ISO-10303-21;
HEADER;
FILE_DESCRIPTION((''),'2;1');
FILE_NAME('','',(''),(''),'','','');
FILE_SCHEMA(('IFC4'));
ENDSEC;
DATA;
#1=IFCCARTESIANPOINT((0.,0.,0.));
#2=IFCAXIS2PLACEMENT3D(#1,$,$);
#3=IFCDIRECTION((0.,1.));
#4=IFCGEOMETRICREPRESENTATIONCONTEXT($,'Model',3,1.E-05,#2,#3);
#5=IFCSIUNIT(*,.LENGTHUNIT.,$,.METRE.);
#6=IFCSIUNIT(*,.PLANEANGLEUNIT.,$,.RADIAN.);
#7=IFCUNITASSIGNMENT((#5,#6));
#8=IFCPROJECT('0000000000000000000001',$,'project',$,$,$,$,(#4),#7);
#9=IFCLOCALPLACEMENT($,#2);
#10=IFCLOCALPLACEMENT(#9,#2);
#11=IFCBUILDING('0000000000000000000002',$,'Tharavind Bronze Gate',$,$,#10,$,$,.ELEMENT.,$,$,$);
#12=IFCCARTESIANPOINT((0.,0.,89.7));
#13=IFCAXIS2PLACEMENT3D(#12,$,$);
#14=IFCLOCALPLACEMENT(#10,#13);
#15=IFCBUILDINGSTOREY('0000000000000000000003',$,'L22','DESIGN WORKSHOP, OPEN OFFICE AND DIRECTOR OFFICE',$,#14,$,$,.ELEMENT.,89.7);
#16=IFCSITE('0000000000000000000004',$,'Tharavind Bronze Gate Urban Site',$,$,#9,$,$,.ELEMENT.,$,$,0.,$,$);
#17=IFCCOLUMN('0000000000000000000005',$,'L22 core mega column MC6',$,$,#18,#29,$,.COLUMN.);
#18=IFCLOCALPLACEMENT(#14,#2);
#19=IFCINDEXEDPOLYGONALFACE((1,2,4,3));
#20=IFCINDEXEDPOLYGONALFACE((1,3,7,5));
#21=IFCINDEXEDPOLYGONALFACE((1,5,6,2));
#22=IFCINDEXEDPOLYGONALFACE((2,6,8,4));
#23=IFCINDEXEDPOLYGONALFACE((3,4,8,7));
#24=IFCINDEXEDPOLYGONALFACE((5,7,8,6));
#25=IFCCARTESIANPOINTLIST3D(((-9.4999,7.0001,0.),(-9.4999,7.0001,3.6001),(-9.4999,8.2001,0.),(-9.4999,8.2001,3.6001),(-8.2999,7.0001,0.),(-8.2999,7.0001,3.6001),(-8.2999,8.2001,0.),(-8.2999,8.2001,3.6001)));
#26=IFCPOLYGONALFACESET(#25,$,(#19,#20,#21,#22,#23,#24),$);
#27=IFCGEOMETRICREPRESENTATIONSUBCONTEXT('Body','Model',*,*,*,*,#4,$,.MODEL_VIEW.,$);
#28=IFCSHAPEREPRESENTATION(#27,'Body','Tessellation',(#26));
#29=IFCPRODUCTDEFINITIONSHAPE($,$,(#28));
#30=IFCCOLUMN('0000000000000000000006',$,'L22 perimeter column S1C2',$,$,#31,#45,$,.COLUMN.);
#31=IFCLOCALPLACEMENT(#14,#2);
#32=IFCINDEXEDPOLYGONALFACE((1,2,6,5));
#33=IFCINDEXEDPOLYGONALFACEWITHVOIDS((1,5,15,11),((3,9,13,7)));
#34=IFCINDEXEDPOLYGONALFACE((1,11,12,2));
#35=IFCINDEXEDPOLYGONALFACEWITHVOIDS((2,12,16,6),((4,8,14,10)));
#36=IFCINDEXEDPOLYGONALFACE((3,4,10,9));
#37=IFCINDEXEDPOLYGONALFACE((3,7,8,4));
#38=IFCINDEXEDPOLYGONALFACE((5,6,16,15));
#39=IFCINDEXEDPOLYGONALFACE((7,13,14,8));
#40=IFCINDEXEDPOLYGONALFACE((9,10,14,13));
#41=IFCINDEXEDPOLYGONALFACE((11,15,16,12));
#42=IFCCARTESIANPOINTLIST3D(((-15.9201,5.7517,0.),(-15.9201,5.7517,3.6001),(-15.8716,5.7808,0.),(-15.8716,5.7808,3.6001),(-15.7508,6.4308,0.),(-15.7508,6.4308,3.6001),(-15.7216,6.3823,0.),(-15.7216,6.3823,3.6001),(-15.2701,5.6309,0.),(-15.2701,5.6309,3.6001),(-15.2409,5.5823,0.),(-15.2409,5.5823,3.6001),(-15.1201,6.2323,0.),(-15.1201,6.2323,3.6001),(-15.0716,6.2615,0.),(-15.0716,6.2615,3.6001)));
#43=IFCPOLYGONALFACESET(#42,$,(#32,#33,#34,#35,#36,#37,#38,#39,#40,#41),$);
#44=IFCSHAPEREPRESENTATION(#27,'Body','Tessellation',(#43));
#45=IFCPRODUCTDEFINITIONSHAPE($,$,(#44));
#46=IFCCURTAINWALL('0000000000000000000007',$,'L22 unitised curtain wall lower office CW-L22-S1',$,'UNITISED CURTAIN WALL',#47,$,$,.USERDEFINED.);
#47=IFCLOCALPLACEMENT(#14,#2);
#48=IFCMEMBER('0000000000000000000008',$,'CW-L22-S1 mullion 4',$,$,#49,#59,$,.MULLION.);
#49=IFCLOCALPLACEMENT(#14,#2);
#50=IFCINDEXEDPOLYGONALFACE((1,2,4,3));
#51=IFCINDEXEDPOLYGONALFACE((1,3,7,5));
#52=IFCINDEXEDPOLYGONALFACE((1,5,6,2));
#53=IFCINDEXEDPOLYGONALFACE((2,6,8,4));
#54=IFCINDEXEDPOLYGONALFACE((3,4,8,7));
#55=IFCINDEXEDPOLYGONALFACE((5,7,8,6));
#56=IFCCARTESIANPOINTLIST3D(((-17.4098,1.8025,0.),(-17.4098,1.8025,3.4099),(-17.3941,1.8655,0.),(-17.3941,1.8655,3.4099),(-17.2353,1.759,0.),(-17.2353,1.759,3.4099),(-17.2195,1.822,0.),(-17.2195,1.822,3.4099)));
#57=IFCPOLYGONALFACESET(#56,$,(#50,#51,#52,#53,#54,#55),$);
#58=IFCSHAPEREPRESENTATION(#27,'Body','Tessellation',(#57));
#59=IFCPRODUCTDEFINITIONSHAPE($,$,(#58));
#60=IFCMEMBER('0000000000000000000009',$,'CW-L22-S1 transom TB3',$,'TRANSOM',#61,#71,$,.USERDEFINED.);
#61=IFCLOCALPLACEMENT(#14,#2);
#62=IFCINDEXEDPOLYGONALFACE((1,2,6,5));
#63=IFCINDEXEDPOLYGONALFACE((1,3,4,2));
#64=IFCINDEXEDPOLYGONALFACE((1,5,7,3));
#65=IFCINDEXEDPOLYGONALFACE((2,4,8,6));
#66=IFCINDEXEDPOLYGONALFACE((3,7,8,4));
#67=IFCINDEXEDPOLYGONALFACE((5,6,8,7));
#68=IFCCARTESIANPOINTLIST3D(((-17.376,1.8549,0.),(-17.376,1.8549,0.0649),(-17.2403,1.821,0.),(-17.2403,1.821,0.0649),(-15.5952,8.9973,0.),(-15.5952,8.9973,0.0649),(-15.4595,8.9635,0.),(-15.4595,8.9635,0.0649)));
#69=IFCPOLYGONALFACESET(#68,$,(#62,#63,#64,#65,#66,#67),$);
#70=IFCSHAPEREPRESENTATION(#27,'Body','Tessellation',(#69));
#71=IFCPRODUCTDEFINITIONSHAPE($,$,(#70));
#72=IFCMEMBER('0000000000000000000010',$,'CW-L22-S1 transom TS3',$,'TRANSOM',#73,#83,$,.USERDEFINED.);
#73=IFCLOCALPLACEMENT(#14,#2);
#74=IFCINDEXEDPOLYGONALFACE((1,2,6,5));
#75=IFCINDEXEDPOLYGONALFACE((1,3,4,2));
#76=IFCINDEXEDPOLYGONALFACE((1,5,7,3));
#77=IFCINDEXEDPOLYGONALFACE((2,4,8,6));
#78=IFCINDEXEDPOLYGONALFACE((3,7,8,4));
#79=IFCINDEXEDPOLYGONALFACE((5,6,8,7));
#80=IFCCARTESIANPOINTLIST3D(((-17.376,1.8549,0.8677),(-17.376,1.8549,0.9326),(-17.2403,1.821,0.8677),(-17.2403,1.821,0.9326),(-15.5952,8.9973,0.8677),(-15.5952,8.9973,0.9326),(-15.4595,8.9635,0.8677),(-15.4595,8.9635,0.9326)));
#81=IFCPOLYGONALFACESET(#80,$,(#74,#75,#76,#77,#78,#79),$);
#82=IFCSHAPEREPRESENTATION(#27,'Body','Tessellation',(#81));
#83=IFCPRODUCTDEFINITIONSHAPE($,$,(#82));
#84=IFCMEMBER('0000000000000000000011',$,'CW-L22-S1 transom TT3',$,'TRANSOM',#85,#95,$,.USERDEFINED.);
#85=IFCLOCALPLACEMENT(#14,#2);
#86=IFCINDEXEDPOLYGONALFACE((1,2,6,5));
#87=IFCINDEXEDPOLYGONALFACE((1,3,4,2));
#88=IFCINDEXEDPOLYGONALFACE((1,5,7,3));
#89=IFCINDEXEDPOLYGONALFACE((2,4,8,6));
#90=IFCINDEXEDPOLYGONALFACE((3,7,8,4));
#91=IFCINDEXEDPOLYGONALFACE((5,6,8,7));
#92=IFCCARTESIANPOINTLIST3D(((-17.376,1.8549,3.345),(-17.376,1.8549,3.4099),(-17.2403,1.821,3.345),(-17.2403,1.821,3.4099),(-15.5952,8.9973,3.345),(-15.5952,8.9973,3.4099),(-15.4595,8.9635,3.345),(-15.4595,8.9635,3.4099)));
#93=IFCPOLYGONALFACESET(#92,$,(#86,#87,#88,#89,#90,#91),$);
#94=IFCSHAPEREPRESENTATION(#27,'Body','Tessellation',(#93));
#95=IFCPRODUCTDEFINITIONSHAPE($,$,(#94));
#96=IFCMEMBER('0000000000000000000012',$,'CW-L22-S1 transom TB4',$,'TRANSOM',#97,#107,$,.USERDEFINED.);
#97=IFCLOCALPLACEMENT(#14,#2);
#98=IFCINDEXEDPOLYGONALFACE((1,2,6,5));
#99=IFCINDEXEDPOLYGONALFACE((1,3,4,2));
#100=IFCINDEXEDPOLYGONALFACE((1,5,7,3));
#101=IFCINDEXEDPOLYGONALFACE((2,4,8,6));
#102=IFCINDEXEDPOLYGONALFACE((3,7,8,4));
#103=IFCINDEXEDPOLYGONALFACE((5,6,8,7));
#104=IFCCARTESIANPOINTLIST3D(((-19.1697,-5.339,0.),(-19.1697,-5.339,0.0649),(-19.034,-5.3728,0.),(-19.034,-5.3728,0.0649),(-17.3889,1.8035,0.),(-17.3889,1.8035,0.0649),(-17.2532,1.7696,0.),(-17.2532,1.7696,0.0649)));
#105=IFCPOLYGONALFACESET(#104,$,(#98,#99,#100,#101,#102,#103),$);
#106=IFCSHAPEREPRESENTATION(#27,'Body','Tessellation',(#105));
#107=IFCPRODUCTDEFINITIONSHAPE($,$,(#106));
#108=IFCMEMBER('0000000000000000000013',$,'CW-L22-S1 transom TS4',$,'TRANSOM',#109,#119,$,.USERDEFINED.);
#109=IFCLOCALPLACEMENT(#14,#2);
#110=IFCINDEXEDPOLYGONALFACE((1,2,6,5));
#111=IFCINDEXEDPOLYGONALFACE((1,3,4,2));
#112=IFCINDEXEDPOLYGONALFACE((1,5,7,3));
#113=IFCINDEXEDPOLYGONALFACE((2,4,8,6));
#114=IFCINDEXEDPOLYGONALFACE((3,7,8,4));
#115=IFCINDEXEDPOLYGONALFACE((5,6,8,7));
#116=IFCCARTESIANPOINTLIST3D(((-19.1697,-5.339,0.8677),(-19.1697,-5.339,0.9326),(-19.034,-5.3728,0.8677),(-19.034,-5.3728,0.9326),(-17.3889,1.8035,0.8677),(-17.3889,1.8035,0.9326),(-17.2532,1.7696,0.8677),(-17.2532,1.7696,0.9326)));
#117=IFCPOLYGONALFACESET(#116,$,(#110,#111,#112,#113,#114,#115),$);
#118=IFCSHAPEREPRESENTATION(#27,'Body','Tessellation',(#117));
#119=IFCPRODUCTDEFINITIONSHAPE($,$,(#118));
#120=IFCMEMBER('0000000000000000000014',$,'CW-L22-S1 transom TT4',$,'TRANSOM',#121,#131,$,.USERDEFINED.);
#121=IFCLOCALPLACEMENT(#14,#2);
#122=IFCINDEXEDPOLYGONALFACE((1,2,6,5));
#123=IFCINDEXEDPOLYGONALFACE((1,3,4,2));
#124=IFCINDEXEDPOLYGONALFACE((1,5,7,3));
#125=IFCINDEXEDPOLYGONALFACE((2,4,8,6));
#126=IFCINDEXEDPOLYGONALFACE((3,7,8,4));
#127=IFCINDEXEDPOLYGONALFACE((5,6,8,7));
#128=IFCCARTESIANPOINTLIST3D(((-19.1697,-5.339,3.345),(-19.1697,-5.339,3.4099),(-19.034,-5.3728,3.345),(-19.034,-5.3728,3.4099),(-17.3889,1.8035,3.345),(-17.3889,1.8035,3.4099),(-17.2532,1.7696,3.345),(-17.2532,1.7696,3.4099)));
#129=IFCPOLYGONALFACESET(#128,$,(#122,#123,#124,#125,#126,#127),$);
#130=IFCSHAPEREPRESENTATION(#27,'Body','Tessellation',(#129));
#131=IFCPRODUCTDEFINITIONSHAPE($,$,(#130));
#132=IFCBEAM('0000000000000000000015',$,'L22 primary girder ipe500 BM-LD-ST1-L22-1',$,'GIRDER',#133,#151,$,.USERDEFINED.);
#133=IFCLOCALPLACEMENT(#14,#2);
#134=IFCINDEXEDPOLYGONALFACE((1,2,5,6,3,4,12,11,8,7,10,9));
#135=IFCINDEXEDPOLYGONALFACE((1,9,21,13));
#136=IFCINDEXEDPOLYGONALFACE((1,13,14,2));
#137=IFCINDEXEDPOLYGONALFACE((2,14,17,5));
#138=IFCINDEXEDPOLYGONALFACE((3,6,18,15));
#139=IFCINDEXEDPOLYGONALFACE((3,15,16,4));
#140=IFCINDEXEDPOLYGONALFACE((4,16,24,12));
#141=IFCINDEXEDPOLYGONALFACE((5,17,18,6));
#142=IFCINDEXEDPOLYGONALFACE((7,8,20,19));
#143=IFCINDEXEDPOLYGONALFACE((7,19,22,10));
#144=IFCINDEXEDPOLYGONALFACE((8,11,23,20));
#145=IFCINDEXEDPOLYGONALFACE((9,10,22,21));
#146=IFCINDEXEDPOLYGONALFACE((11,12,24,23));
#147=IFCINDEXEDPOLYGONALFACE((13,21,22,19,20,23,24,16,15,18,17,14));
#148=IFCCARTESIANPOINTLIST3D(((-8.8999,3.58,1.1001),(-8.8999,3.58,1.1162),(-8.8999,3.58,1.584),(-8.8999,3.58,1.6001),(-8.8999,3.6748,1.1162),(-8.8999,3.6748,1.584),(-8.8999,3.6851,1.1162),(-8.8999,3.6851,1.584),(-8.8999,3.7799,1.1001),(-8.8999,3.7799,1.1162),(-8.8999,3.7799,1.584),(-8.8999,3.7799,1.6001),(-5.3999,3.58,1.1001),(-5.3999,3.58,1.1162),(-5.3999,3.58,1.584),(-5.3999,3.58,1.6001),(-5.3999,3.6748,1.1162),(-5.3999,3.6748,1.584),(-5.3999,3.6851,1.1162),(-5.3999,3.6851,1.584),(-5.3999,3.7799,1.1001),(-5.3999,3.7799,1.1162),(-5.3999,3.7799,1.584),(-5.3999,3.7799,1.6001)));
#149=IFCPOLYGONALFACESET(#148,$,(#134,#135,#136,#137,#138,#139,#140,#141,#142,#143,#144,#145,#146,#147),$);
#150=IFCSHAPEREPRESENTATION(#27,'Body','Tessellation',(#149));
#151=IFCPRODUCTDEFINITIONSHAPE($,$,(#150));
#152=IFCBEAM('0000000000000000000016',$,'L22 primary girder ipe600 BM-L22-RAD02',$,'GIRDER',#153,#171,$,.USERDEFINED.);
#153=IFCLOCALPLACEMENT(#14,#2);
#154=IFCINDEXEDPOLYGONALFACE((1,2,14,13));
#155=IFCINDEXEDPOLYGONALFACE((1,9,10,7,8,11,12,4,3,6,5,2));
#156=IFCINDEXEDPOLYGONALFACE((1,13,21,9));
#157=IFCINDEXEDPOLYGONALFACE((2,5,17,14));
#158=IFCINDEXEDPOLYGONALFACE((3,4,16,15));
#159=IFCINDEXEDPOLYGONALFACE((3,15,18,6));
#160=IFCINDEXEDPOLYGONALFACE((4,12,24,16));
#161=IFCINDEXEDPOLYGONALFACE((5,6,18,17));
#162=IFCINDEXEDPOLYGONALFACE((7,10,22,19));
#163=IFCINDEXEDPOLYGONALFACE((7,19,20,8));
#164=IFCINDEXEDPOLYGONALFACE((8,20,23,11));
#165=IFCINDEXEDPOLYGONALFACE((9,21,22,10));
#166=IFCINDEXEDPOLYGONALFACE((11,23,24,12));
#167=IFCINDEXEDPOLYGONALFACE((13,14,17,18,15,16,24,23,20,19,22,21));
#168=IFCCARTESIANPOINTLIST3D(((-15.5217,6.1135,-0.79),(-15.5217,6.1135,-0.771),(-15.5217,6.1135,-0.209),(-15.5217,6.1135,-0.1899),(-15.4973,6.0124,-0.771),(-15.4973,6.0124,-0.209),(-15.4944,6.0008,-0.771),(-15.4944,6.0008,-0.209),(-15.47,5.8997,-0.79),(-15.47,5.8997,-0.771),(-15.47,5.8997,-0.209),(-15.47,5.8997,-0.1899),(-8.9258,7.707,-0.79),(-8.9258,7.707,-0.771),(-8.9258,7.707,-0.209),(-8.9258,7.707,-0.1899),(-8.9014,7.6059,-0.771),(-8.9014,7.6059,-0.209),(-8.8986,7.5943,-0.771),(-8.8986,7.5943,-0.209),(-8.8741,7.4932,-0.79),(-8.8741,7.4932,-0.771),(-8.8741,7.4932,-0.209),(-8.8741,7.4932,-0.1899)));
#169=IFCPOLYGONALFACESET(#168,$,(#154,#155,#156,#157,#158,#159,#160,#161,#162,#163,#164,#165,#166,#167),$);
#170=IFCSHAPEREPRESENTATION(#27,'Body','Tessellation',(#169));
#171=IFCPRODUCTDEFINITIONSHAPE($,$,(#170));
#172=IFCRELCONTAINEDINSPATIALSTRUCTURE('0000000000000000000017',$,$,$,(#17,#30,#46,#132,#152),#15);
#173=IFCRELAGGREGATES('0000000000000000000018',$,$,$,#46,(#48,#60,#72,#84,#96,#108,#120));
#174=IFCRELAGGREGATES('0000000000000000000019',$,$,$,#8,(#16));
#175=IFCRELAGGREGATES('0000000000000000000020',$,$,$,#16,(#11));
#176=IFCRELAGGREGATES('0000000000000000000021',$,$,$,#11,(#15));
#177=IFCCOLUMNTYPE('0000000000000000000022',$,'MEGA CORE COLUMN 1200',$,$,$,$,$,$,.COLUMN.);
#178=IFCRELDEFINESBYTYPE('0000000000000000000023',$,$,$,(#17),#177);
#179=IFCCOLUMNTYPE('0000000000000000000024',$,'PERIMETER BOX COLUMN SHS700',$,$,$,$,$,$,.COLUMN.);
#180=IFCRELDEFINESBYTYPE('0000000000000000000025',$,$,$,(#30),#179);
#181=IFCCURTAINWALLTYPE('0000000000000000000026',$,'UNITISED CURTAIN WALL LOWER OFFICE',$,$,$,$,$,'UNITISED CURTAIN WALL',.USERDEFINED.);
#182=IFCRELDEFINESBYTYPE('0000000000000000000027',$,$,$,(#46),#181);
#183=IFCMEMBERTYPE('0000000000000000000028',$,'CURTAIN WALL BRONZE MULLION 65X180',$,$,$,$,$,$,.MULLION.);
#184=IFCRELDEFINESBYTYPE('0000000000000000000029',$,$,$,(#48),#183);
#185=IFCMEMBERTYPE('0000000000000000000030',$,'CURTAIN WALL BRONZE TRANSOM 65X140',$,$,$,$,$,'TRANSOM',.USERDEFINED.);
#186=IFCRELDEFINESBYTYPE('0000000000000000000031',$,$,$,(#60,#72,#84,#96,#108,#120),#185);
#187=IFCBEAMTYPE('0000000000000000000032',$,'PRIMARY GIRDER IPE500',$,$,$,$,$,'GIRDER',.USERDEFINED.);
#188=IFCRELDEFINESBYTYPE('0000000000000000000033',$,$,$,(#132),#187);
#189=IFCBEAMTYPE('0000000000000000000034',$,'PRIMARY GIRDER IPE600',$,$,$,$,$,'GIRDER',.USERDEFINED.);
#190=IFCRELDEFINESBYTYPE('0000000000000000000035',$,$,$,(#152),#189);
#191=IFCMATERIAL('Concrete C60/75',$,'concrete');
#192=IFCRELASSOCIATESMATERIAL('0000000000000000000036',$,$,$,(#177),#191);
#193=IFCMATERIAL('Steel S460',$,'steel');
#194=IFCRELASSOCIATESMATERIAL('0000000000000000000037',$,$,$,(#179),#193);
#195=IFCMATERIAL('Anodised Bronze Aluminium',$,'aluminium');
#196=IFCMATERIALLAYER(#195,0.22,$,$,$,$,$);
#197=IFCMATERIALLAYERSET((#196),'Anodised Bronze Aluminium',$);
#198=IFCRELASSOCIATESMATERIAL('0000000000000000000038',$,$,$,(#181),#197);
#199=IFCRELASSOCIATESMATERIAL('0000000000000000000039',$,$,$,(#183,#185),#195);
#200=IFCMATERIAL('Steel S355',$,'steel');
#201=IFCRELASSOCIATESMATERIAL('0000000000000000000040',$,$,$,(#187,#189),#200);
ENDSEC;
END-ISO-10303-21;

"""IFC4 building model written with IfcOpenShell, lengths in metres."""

from ifc_helpers import new_model, si_unit, direction, frame, origin, origin_2d, place, context, subcontext, project, spatial, rectangle, hollow_rectangle, i_section, extrude, material, layer, layer_set, material_profile, profile_set, type_object, element, aggregate, save


model = new_model("IFC4")

# Units and contexts
model_context = context("Model", 3, precision=1e-05, world=origin(), true_north=direction((0.0, 1.0)))
body_context = subcontext(model_context, "Body", "Model", "MODEL_VIEW")
ifc_project = project(units=[si_unit("LENGTHUNIT", "METRE"), si_unit("PLANEANGLEUNIT", "RADIAN")], contexts=[model_context])

# Site, building, storey
site_placement = place(None, origin())
site = spatial("IfcSite", under=ifc_project, at=site_placement, Name="Tharavind Bronze Gate Urban Site", CompositionType="ELEMENT", RefElevation=0.0)
building_placement = place(site_placement, origin())
building = spatial("IfcBuilding", under=site, at=building_placement, Name="Tharavind Bronze Gate", CompositionType="ELEMENT")
storey_placement = place(building_placement, frame((0.0, 0.0, 89.7)))
storey = spatial("IfcBuildingStorey", under=building, at=storey_placement, Name="L22", Description="DESIGN WORKSHOP, OPEN OFFICE AND DIRECTOR OFFICE", CompositionType="ELEMENT", Elevation=89.7)

# Columns
ifc_material_1 = material(Name="Concrete C60/75", Category="concrete")
ifc_material_profile_1 = material_profile(ifc_material_1, rectangle(XDim=1.2, YDim=1.2, at=origin_2d()), Name="RCCOL1200")
ifc_profile_set_1 = profile_set([ifc_material_profile_1], Name="Concrete C60/75")
column_type_1 = type_object("IfcColumnType", Name="MEGA CORE COLUMN 1200", PredefinedType="COLUMN", material=ifc_profile_set_1)
column_1_placement = place(storey_placement, frame((-8.8999, 7.6001, 0.0), z_axis=(0.0, 0.0, 1.0), x_axis=(1.0, 0.0, 0.0)))
element("IfcColumn", 1, at=column_1_placement, inside=storey, type_object=column_type_1, Name="L22 core mega column MC6", PredefinedType="COLUMN", context=body_context, shape_type="SweptSolid", body=[
    extrude(rectangle(XDim=1.2, YDim=1.2, at=origin_2d()), origin(), (0.0, 0.0, 1.0), 3.6001),
])
ifc_material_2 = material(Name="Steel S460", Category="steel")
ifc_material_profile_2 = material_profile(ifc_material_2, hollow_rectangle(XDim=0.7, YDim=0.7, WallThickness=0.04, at=origin_2d()), Name="SHS700X40")
ifc_profile_set_2 = profile_set([ifc_material_profile_2], Name="Steel S460")
column_type_2 = type_object("IfcColumnType", Name="PERIMETER BOX COLUMN SHS700", PredefinedType="COLUMN", material=ifc_profile_set_2)
column_2_placement = place(storey_placement, frame((-15.4958, 6.0066, 0.0), z_axis=(0.0, 0.0, 1.0), x_axis=(0.241922, 0.970296, 0.0)))
element("IfcColumn", 2, at=column_2_placement, inside=storey, type_object=column_type_2, Name="L22 perimeter column S1C2", PredefinedType="COLUMN", context=body_context, shape_type="SweptSolid", body=[
    extrude(hollow_rectangle(XDim=0.7, YDim=0.7, WallThickness=0.04, at=origin_2d()), origin(), (0.0, 0.0, 1.0), 3.6001),
])

# Curtain wall, members
ifc_material_3 = material(Name="Anodised Bronze Aluminium", Category="aluminium")
ifc_layer_1 = layer(ifc_material_3, 0.22)
ifc_layer_set_1 = layer_set([ifc_layer_1], Name="Anodised Bronze Aluminium")
curtain_wall_type = type_object("IfcCurtainWallType", Name="UNITISED CURTAIN WALL LOWER OFFICE", ElementType="UNITISED CURTAIN WALL", PredefinedType="USERDEFINED", material=ifc_layer_set_1)
curtain_wall_placement = place(storey_placement, origin())
curtain_wall = element("IfcCurtainWall", 3, at=curtain_wall_placement, inside=storey, type_object=curtain_wall_type, Name="L22 unitised curtain wall lower office CW-L22-S1", ObjectType="UNITISED CURTAIN WALL", PredefinedType="USERDEFINED")
member_type_1 = type_object("IfcMemberType", Name="CURTAIN WALL BRONZE MULLION 65X180", PredefinedType="MULLION", material=ifc_material_3)
member_1_placement = place(storey_placement, frame((-17.3147, 1.8123, 0.0), z_axis=(0.0, 0.0, 1.0), x_axis=(-0.241922, -0.970296, 0.0)))
member_1 = element("IfcMember", 4, at=member_1_placement, type_object=member_type_1, Name="CW-L22-S1 mullion 4", PredefinedType="MULLION", context=body_context, shape_type="SweptSolid", body=[
    extrude(rectangle(XDim=0.0649, YDim=0.1799, at=origin_2d()), origin(), (0.0, 0.0, 1.0), 3.4099),
])
member_type_2 = type_object("IfcMemberType", Name="CURTAIN WALL BRONZE TRANSOM 65X140", ElementType="TRANSOM", PredefinedType="USERDEFINED", material=ifc_material_3)
member_2_placement = place(storey_placement, frame((-16.4177, 5.4092, 0.0), z_axis=(0.0, 0.0, 1.0), x_axis=(-0.241922, -0.970296, 0.0)))
member_2 = element("IfcMember", 5, at=member_2_placement, type_object=member_type_2, Name="CW-L22-S1 transom TB3", ObjectType="TRANSOM", PredefinedType="USERDEFINED", context=body_context, shape_type="SweptSolid", body=[
    extrude(rectangle(XDim=7.3611, YDim=0.1399, at=origin_2d()), origin(), (0.0, 0.0, 1.0), 0.0649),
])
member_3_placement = place(storey_placement, frame((-16.4177, 5.4092, 0.8677), z_axis=(0.0, 0.0, 1.0), x_axis=(-0.241922, -0.970296, 0.0)))
member_3 = element("IfcMember", 6, at=member_3_placement, type_object=member_type_2, Name="CW-L22-S1 transom TS3", ObjectType="TRANSOM", PredefinedType="USERDEFINED", context=body_context, shape_type="SweptSolid", body=[
    extrude(rectangle(XDim=7.3611, YDim=0.1399, at=origin_2d()), origin(), (0.0, 0.0, 1.0), 0.0649),
])
member_4_placement = place(storey_placement, frame((-16.4177, 5.4092, 3.345), z_axis=(0.0, 0.0, 1.0), x_axis=(-0.241922, -0.970296, 0.0)))
member_4 = element("IfcMember", 7, at=member_4_placement, type_object=member_type_2, Name="CW-L22-S1 transom TT3", ObjectType="TRANSOM", PredefinedType="USERDEFINED", context=body_context, shape_type="SweptSolid", body=[
    extrude(rectangle(XDim=7.3611, YDim=0.1399, at=origin_2d()), origin(), (0.0, 0.0, 1.0), 0.0649),
])
member_5_placement = place(storey_placement, frame((-18.2114, -1.7847, 0.0), z_axis=(0.0, 0.0, 1.0), x_axis=(-0.241922, -0.970296, 0.0)))
member_5 = element("IfcMember", 8, at=member_5_placement, type_object=member_type_2, Name="CW-L22-S1 transom TB4", ObjectType="TRANSOM", PredefinedType="USERDEFINED", context=body_context, shape_type="SweptSolid", body=[
    extrude(rectangle(XDim=7.3611, YDim=0.1399, at=origin_2d()), origin(), (0.0, 0.0, 1.0), 0.0649),
])
member_6_placement = place(storey_placement, frame((-18.2114, -1.7847, 0.8677), z_axis=(0.0, 0.0, 1.0), x_axis=(-0.241922, -0.970296, 0.0)))
member_6 = element("IfcMember", 9, at=member_6_placement, type_object=member_type_2, Name="CW-L22-S1 transom TS4", ObjectType="TRANSOM", PredefinedType="USERDEFINED", context=body_context, shape_type="SweptSolid", body=[
    extrude(rectangle(XDim=7.3611, YDim=0.1399, at=origin_2d()), origin(), (0.0, 0.0, 1.0), 0.0649),
])
member_7_placement = place(storey_placement, frame((-18.2114, -1.7847, 3.345), z_axis=(0.0, 0.0, 1.0), x_axis=(-0.241922, -0.970296, 0.0)))
member_7 = element("IfcMember", 10, at=member_7_placement, type_object=member_type_2, Name="CW-L22-S1 transom TT4", ObjectType="TRANSOM", PredefinedType="USERDEFINED", context=body_context, shape_type="SweptSolid", body=[
    extrude(rectangle(XDim=7.3611, YDim=0.1399, at=origin_2d()), origin(), (0.0, 0.0, 1.0), 0.0649),
])

# Beams
ifc_material_4 = material(Name="Steel S355", Category="steel")
ifc_material_profile_3 = material_profile(ifc_material_4, i_section(OverallWidth=0.2, OverallDepth=0.5, WebThickness=0.0103, FlangeThickness=0.0161, at=origin_2d()), Name="IPE500")
ifc_profile_set_3 = profile_set([ifc_material_profile_3], Name="Steel S355")
beam_type_1 = type_object("IfcBeamType", Name="PRIMARY GIRDER IPE500", ElementType="GIRDER", PredefinedType="USERDEFINED", material=ifc_profile_set_3)
beam_1_placement = place(storey_placement, frame((-8.8999, 3.6799, 1.3501), z_axis=(1.0, 0.0, 0.0), x_axis=(0.0, 1.0, 0.0)))
element("IfcBeam", 11, at=beam_1_placement, inside=storey, type_object=beam_type_1, Name="L22 primary girder ipe500 BM-LD-ST1-L22-1", ObjectType="GIRDER", PredefinedType="USERDEFINED", context=body_context, shape_type="SweptSolid", body=[
    extrude(i_section(OverallWidth=0.2, OverallDepth=0.5, WebThickness=0.0103, FlangeThickness=0.0161, at=origin_2d()), origin(), (0.0, 0.0, 1.0), 3.5),
])
ifc_material_profile_4 = material_profile(ifc_material_4, i_section(OverallWidth=0.22, OverallDepth=0.6001, WebThickness=0.012, FlangeThickness=0.019, at=origin_2d()), Name="IPE600")
ifc_profile_set_4 = profile_set([ifc_material_profile_4], Name="Steel S355")
beam_type_2 = type_object("IfcBeamType", Name="PRIMARY GIRDER IPE600", ElementType="GIRDER", PredefinedType="USERDEFINED", material=ifc_profile_set_4)
beam_2_placement = place(storey_placement, frame((-15.4958, 6.0066, -0.49), z_axis=(0.972036, 0.234833, 0.0), x_axis=(-0.234833, 0.972036, 0.0)))
element("IfcBeam", 12, at=beam_2_placement, inside=storey, type_object=beam_type_2, Name="L22 primary girder ipe600 BM-L22-RAD02", ObjectType="GIRDER", PredefinedType="USERDEFINED", context=body_context, shape_type="SweptSolid", body=[
    extrude(i_section(OverallWidth=0.22, OverallDepth=0.6001, WebThickness=0.012, FlangeThickness=0.019, at=origin_2d()), origin(), (0.0, 0.0, 1.0), 6.7856),
])

aggregate(curtain_wall, [member_1, member_2, member_3, member_4, member_5, member_6, member_7])

save(model, "model.ifc")
